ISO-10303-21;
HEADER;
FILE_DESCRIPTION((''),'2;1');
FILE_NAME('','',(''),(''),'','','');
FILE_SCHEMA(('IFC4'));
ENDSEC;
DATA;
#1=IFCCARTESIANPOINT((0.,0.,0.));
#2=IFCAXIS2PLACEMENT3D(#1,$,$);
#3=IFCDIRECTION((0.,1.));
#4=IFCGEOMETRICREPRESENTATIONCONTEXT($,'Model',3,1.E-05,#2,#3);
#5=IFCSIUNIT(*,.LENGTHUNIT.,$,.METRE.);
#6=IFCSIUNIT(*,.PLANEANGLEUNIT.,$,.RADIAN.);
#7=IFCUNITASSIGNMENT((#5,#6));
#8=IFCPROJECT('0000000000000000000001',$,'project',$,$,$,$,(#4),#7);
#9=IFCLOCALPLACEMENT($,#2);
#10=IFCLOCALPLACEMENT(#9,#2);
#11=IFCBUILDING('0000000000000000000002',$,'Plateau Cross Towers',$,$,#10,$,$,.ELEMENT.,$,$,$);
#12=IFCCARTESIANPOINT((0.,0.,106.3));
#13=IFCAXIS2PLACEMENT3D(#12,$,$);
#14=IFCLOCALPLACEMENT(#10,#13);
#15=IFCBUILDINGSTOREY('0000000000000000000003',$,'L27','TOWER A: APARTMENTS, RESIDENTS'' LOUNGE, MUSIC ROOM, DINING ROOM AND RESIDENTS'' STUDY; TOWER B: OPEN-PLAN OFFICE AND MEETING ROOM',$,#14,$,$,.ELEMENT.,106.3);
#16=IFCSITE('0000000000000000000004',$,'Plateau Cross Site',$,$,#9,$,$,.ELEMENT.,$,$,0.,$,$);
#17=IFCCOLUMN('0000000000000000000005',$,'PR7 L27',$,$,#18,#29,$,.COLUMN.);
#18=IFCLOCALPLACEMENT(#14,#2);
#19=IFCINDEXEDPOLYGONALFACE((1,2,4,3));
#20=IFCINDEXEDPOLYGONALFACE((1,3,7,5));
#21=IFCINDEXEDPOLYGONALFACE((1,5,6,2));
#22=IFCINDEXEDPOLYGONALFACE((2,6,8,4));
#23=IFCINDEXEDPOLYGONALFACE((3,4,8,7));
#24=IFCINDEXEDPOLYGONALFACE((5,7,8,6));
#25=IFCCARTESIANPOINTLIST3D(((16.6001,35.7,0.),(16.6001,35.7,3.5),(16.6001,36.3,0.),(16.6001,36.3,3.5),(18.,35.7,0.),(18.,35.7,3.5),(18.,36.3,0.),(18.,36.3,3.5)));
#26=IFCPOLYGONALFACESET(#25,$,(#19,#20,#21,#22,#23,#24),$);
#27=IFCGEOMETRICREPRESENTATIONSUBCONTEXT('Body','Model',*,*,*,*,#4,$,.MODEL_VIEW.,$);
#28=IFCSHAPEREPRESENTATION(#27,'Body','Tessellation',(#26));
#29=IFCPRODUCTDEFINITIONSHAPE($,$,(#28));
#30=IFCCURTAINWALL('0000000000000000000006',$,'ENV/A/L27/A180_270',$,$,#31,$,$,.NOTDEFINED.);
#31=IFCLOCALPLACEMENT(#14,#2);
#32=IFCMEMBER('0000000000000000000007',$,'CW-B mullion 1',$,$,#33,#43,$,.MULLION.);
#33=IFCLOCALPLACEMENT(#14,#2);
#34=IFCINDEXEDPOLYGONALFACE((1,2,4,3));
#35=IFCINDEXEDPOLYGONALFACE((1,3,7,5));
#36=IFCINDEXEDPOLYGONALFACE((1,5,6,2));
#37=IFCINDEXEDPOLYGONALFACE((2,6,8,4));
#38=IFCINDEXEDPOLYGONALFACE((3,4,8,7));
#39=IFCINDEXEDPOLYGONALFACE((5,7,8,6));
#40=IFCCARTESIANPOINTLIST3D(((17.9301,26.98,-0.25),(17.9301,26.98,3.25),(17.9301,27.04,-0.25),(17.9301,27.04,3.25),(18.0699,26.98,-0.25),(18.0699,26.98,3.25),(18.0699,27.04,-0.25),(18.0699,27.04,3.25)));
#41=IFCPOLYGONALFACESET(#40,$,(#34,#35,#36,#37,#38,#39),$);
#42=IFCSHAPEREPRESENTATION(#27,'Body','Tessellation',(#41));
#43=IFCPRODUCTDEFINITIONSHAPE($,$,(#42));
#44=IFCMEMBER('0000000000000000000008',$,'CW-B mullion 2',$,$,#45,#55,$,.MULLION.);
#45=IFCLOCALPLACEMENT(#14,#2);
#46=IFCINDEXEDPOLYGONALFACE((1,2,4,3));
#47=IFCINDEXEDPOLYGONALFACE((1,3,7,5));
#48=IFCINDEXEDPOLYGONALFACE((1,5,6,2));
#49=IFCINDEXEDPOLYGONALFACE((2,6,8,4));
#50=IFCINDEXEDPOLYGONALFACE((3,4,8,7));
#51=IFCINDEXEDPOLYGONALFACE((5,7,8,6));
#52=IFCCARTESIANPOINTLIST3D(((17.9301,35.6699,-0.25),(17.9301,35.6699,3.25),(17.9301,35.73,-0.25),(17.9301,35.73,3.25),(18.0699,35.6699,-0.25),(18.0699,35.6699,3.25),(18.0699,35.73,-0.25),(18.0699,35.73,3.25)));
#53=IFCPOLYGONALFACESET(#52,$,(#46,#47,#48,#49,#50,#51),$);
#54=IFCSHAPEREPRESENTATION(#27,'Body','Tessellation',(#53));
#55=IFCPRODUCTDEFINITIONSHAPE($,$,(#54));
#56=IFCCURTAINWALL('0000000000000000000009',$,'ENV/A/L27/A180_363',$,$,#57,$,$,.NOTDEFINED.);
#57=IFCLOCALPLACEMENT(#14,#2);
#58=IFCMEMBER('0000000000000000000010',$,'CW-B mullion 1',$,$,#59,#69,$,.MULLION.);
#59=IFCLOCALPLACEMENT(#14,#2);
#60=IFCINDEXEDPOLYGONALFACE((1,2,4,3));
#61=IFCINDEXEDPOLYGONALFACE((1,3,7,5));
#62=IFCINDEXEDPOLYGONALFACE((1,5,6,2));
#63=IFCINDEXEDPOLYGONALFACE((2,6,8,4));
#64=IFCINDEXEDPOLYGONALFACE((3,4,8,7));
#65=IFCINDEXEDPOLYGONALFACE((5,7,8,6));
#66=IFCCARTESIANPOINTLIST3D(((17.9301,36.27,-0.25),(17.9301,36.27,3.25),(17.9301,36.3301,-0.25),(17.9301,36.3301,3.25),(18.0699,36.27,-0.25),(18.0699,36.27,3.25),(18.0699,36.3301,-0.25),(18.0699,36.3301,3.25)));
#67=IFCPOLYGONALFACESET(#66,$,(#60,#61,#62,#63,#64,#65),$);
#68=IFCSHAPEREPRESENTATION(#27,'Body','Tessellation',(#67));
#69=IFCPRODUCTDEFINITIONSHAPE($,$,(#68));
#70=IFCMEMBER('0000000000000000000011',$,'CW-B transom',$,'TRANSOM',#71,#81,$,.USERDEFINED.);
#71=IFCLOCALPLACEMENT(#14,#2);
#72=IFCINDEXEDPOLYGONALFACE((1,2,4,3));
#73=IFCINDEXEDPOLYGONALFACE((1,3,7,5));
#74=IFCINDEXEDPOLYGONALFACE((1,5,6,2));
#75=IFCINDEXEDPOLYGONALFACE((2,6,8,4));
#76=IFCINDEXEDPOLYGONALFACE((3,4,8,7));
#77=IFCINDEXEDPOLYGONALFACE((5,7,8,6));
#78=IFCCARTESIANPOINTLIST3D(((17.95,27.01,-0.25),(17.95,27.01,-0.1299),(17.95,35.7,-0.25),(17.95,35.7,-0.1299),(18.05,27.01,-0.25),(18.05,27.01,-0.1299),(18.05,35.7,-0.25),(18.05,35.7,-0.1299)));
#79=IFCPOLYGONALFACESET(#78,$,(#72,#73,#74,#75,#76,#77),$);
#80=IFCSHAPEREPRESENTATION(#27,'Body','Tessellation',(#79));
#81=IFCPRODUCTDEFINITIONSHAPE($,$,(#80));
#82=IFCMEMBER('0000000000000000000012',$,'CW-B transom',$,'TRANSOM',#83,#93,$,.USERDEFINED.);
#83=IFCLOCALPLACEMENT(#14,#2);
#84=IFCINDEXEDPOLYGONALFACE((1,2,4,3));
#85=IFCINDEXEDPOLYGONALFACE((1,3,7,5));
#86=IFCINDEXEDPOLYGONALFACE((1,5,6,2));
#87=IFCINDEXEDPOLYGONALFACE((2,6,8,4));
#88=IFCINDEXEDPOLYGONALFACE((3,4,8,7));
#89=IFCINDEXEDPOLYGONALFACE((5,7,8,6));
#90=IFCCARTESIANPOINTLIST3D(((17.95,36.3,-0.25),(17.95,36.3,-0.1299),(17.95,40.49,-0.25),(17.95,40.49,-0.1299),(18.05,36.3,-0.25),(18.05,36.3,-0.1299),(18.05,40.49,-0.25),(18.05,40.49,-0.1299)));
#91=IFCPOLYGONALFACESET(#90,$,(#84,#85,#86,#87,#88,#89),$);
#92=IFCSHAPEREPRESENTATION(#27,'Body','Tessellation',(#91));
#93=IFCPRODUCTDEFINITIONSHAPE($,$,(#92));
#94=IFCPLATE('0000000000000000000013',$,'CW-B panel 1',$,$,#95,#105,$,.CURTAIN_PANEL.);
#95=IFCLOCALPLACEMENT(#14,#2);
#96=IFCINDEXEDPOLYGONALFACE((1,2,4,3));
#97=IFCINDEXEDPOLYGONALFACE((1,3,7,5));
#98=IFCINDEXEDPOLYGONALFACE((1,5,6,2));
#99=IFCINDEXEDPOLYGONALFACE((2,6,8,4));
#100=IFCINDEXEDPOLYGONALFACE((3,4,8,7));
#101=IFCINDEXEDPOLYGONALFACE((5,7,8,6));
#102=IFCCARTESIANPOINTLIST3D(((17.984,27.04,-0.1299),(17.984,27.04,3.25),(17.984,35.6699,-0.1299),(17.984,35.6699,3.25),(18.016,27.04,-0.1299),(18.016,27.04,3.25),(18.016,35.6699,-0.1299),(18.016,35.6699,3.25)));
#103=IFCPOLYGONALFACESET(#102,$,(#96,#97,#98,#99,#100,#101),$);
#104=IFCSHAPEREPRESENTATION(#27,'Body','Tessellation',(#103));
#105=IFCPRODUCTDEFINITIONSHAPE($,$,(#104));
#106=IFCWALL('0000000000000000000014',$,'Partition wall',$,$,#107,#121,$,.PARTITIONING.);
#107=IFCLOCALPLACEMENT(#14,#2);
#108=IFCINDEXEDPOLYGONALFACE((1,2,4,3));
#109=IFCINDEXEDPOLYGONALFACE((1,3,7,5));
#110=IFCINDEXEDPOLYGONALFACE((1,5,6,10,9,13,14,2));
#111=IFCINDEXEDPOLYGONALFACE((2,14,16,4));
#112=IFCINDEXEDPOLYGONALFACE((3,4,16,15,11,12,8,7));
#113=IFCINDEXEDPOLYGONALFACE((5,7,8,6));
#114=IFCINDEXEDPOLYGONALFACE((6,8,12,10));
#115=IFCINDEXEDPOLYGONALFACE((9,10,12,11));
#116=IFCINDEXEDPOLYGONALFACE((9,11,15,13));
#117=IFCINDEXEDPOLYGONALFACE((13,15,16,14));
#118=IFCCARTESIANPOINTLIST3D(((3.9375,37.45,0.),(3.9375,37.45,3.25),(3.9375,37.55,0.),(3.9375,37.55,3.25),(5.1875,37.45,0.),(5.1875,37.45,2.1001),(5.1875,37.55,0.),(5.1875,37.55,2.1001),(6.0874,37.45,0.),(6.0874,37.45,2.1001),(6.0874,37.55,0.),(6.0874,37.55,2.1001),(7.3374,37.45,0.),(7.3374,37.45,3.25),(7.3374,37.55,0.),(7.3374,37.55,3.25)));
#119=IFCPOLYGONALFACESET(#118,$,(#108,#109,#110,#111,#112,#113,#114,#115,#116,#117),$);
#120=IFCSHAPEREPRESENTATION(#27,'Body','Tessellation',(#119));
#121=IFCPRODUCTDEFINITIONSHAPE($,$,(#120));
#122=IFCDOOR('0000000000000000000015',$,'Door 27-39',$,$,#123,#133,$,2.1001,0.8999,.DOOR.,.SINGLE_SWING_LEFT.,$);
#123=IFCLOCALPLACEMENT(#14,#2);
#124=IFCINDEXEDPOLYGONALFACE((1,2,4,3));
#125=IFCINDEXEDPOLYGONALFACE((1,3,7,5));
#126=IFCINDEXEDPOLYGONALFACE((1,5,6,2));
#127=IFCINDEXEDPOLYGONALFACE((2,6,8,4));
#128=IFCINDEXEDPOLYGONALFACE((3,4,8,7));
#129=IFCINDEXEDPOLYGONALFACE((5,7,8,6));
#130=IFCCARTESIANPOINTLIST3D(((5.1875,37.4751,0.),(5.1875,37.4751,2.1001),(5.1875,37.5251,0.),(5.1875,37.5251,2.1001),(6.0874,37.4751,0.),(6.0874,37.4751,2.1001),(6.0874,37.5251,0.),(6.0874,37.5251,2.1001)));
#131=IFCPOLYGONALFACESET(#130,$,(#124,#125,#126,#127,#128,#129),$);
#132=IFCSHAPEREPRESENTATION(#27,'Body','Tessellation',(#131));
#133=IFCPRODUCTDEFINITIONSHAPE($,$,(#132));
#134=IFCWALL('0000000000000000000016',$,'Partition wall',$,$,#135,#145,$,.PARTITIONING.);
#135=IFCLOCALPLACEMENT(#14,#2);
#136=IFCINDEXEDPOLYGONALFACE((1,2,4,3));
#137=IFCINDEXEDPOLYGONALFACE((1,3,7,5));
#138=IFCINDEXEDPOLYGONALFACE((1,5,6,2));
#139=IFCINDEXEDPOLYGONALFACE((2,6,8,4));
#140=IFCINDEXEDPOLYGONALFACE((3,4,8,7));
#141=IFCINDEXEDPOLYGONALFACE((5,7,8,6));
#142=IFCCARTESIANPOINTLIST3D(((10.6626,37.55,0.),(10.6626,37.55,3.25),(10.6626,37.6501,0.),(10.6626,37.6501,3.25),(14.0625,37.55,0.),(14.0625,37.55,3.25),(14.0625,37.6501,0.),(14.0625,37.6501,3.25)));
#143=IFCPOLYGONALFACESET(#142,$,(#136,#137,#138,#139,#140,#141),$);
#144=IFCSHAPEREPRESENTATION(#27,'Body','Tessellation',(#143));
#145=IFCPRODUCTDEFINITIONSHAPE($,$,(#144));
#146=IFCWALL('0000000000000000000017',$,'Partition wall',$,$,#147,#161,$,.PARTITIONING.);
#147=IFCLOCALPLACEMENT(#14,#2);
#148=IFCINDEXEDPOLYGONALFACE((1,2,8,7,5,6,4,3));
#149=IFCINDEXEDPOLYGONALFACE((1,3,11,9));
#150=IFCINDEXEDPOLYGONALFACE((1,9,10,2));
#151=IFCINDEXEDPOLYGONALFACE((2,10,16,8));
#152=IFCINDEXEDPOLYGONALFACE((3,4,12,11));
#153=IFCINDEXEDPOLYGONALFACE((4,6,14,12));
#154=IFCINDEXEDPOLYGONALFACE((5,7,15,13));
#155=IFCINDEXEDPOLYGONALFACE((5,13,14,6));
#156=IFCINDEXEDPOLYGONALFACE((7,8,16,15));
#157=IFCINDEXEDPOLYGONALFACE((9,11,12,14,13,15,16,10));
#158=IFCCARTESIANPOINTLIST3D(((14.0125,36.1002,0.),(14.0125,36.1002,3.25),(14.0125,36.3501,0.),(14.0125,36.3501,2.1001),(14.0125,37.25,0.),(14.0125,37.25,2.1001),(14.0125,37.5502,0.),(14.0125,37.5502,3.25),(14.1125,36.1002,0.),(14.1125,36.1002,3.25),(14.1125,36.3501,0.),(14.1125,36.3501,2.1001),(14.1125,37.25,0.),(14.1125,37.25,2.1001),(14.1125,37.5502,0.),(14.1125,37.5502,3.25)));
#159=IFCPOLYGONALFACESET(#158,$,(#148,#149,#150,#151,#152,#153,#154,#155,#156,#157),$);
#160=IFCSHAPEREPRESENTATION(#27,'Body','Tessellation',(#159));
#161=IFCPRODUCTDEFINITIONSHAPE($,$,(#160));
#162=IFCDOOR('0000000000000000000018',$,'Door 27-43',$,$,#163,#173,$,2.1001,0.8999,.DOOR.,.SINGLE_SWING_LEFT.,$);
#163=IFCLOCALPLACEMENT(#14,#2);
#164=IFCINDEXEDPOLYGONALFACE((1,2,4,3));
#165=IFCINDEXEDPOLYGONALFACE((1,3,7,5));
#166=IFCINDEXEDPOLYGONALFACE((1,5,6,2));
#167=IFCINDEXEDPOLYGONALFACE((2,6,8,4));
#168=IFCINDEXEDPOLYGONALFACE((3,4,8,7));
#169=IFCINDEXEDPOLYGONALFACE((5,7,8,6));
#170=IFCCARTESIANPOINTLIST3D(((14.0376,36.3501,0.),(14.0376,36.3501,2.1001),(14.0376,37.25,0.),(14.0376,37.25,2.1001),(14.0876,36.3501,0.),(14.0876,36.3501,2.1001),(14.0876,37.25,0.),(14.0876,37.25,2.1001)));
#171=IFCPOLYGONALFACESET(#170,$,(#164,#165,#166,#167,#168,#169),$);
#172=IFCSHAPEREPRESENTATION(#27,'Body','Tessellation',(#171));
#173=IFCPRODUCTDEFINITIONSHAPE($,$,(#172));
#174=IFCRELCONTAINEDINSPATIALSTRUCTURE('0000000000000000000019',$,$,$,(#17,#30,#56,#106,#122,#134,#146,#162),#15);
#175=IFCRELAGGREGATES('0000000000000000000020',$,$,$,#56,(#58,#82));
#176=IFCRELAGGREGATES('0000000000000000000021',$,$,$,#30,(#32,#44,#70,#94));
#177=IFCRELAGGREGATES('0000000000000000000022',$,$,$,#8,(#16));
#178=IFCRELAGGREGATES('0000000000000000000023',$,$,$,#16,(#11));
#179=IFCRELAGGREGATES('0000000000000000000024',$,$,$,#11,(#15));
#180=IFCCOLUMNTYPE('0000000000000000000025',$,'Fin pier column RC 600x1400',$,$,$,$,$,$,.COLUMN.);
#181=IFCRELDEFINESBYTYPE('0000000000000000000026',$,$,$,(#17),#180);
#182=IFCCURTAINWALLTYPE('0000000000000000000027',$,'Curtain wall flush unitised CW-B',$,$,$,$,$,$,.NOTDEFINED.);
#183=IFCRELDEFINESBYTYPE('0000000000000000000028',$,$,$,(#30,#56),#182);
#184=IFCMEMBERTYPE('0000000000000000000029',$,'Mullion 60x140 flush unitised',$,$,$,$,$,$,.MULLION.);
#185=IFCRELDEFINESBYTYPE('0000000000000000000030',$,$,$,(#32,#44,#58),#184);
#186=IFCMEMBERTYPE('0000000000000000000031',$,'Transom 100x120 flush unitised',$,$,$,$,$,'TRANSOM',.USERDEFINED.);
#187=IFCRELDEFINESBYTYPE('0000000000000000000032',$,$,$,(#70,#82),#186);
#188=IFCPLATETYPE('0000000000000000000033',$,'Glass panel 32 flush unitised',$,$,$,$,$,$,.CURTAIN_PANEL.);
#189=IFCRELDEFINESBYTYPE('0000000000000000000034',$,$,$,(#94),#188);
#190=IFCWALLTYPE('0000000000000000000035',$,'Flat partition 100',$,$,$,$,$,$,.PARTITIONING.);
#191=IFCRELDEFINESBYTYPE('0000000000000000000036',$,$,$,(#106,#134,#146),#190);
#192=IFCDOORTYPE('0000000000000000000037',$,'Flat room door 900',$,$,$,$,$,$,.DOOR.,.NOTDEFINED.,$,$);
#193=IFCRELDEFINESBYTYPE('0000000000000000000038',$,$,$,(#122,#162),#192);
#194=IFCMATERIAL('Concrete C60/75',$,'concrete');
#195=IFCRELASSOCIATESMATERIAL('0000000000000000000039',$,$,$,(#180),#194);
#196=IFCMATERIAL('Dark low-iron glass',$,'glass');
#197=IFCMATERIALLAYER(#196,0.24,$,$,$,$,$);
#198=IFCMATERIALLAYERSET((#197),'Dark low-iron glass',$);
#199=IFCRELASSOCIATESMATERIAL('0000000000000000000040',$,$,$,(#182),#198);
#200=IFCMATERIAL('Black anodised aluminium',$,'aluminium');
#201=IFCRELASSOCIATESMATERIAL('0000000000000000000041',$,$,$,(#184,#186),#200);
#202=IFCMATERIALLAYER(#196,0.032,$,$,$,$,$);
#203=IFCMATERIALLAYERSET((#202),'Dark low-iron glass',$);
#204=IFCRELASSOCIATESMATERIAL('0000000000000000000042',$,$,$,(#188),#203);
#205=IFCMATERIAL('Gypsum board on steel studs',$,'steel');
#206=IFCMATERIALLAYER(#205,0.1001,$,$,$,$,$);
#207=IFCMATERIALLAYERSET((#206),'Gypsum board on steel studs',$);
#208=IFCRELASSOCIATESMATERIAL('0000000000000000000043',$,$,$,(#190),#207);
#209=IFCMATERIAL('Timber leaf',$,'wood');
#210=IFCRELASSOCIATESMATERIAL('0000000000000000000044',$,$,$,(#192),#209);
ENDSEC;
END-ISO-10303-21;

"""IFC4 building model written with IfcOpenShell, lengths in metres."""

from ifc_helpers import new_model, si_unit, direction, frame, frame_2d, origin, origin_2d, place, context, subcontext, project, spatial, rectangle, extrude, material, layer, layer_set, material_profile, profile_set, type_object, element, fill, aggregate, save


model = new_model("IFC4")

# Units and contexts
model_context = context("Model", 3, precision=1e-05, world=origin(), true_north=direction((0.0, 1.0)))
body_context = subcontext(model_context, "Body", "Model", "MODEL_VIEW")
ifc_project = project(units=[si_unit("LENGTHUNIT", "METRE"), si_unit("PLANEANGLEUNIT", "RADIAN")], contexts=[model_context])

# Site, building, storey
site_placement = place(None, origin())
site = spatial("IfcSite", under=ifc_project, at=site_placement, Name="Plateau Cross Site", CompositionType="ELEMENT", RefElevation=0.0)
building_placement = place(site_placement, origin())
building = spatial("IfcBuilding", under=site, at=building_placement, Name="Plateau Cross Towers", CompositionType="ELEMENT")
storey_placement = place(building_placement, frame((0.0, 0.0, 106.3)))
storey = spatial("IfcBuildingStorey", under=building, at=storey_placement, Name="L27", Description="TOWER A: APARTMENTS, RESIDENTS' LOUNGE, MUSIC ROOM, DINING ROOM AND RESIDENTS' STUDY; TOWER B: OPEN-PLAN OFFICE AND MEETING ROOM", CompositionType="ELEMENT", Elevation=106.3)

# Column
ifc_material_1 = material(Name="Concrete C60/75", Category="concrete")
ifc_material_profile_1 = material_profile(ifc_material_1, rectangle(XDim=0.6001, YDim=1.3999, at=origin_2d()), Name="RC 600x1400")
ifc_profile_set_1 = profile_set([ifc_material_profile_1], Name="Concrete C60/75")
column_type = type_object("IfcColumnType", Name="Fin pier column RC 600x1400", PredefinedType="COLUMN", material=ifc_profile_set_1)
column_placement = place(storey_placement, frame((17.3, 36.0, 0.0), z_axis=(0.0, 0.0, 1.0), x_axis=(0.0, 1.0, 0.0)))
element("IfcColumn", 1, at=column_placement, inside=storey, type_object=column_type, Name="PR7 L27", PredefinedType="COLUMN", context=body_context, shape_type="SweptSolid", body=[
    extrude(rectangle(XDim=0.6001, YDim=1.3999, at=origin_2d()), origin(), (0.0, 0.0, 1.0), 3.5),
])

# Curtain wall, members
ifc_material_2 = material(Name="Dark low-iron glass", Category="glass")
ifc_layer_1 = layer(ifc_material_2, 0.24)
ifc_layer_set_1 = layer_set([ifc_layer_1], Name="Dark low-iron glass")
curtain_wall_type = type_object("IfcCurtainWallType", Name="Curtain wall flush unitised CW-B", PredefinedType="NOTDEFINED", material=ifc_layer_set_1)
curtain_wall_1_placement = place(storey_placement, origin())
curtain_wall_1 = element("IfcCurtainWall", 2, at=curtain_wall_1_placement, inside=storey, type_object=curtain_wall_type, Name="ENV/A/L27/A180_270", PredefinedType="NOTDEFINED")
ifc_material_3 = material(Name="Black anodised aluminium", Category="aluminium")
ifc_material_profile_2 = material_profile(ifc_material_3, rectangle(XDim=0.0601, YDim=0.1399, at=origin_2d()), Name="MULLION 60x140")
ifc_profile_set_2 = profile_set([ifc_material_profile_2], Name="Black anodised aluminium")
member_type_1 = type_object("IfcMemberType", Name="Mullion 60x140 flush unitised", PredefinedType="MULLION", material=ifc_profile_set_2)
member_1_placement = place(storey_placement, frame((18.0, 27.01, -0.25), z_axis=(0.0, 0.0, 1.0), x_axis=(0.0, 1.0, 0.0)))
member_1 = element("IfcMember", 3, at=member_1_placement, type_object=member_type_1, Name="CW-B mullion 1", PredefinedType="MULLION", context=body_context, shape_type="SweptSolid", body=[
    extrude(rectangle(XDim=0.0601, YDim=0.1399, at=origin_2d()), origin(), (0.0, 0.0, 1.0), 3.5),
])
member_2_placement = place(storey_placement, frame((18.0, 35.7, -0.25), z_axis=(0.0, 0.0, 1.0), x_axis=(0.0, 1.0, 0.0)))
member_2 = element("IfcMember", 4, at=member_2_placement, type_object=member_type_1, Name="CW-B mullion 2", PredefinedType="MULLION", context=body_context, shape_type="SweptSolid", body=[
    extrude(rectangle(XDim=0.0601, YDim=0.1399, at=origin_2d()), origin(), (0.0, 0.0, 1.0), 3.5),
])

# Curtain wall, member
curtain_wall_2_placement = place(storey_placement, origin())
curtain_wall_2 = element("IfcCurtainWall", 5, at=curtain_wall_2_placement, inside=storey, type_object=curtain_wall_type, Name="ENV/A/L27/A180_363", PredefinedType="NOTDEFINED")
member_3_placement = place(storey_placement, frame((18.0, 36.3, -0.25), z_axis=(0.0, 0.0, 1.0), x_axis=(0.0, 1.0, 0.0)))
member_3 = element("IfcMember", 6, at=member_3_placement, type_object=member_type_1, Name="CW-B mullion 1", PredefinedType="MULLION", context=body_context, shape_type="SweptSolid", body=[
    extrude(rectangle(XDim=0.0601, YDim=0.1399, at=origin_2d()), origin(), (0.0, 0.0, 1.0), 3.5),
])

# Members
ifc_material_profile_3 = material_profile(ifc_material_3, rectangle(XDim=0.1001, YDim=0.1201, at=origin_2d()), Name="TRANSOM 100x120")
ifc_profile_set_3 = profile_set([ifc_material_profile_3], Name="Black anodised aluminium")
member_type_2 = type_object("IfcMemberType", Name="Transom 100x120 flush unitised", ElementType="TRANSOM", PredefinedType="USERDEFINED", material=ifc_profile_set_3)
member_4_placement = place(storey_placement, frame((18.0, 27.01, -0.1899), z_axis=(0.0, 1.0, 0.0), x_axis=(-1.0, 0.0, 0.0)))
member_4 = element("IfcMember", 7, at=member_4_placement, type_object=member_type_2, Name="CW-B transom", ObjectType="TRANSOM", PredefinedType="USERDEFINED", context=body_context, shape_type="SweptSolid", body=[
    extrude(rectangle(XDim=0.1001, YDim=0.1201, at=origin_2d()), origin(), (0.0, 0.0, 1.0), 8.6899),
])
member_5_placement = place(storey_placement, frame((18.0, 36.3, -0.1899), z_axis=(0.0, 1.0, 0.0), x_axis=(-1.0, 0.0, 0.0)))
member_5 = element("IfcMember", 8, at=member_5_placement, type_object=member_type_2, Name="CW-B transom", ObjectType="TRANSOM", PredefinedType="USERDEFINED", context=body_context, shape_type="SweptSolid", body=[
    extrude(rectangle(XDim=0.1001, YDim=0.1201, at=origin_2d()), origin(), (0.0, 0.0, 1.0), 4.1899),
])
aggregate(curtain_wall_2, [member_3, member_5])

# Plate
ifc_layer_2 = layer(ifc_material_2, 0.032)
ifc_layer_set_2 = layer_set([ifc_layer_2], Name="Dark low-iron glass")
plate_type = type_object("IfcPlateType", Name="Glass panel 32 flush unitised", PredefinedType="CURTAIN_PANEL", material=ifc_layer_set_2)
plate_placement = place(storey_placement, frame((18.0, 31.355, -0.1299), z_axis=(0.0, 0.0, 1.0), x_axis=(0.0, 1.0, 0.0)))
plate = element("IfcPlate", 9, at=plate_placement, type_object=plate_type, Name="CW-B panel 1", PredefinedType="CURTAIN_PANEL", context=body_context, shape_type="SweptSolid", body=[
    extrude(rectangle(XDim=8.6299, YDim=0.032, at=origin_2d()), origin(), (0.0, 0.0, 1.0), 3.3799),
])
aggregate(curtain_wall_1, [member_1, member_2, member_4, plate])

# Wall, opening, door
ifc_material_4 = material(Name="Gypsum board on steel studs", Category="steel")
ifc_layer_3 = layer(ifc_material_4, 0.1001)
ifc_layer_set_3 = layer_set([ifc_layer_3], Name="Gypsum board on steel studs")
wall_type_1 = type_object("IfcWallType", Name="Flat partition 100", PredefinedType="PARTITIONING", material=ifc_layer_set_3)
wall_1_placement = place(storey_placement, frame((7.3374, 37.5, 0.0), z_axis=(0.0, 0.0, 1.0), x_axis=(-1.0, 0.0, 0.0)))
wall_1 = element("IfcWall", 10, at=wall_1_placement, inside=storey, type_object=wall_type_1, Name="Partition wall", PredefinedType="PARTITIONING", context=body_context, shape_type="SweptSolid", body=[
    extrude(rectangle(XDim=3.3999, YDim=0.1001, at=frame_2d((1.7, 0.0))), origin(), (0.0, 0.0, 1.0), 3.25),
])
opening_1_placement = place(wall_1_placement, frame((1.25, 0.0, 0.0)))
opening_1 = element("IfcOpeningElement", 11, at=opening_1_placement, cuts=wall_1, PredefinedType="OPENING", context=body_context, shape_type="SweptSolid", body=[
    extrude(rectangle(XDim=0.8999, YDim=2.1001, at=frame_2d((0.45, 1.05))), frame((0.0, 0.0601, 0.0), z_axis=(0.0, -1.0, 0.0), x_axis=(1.0, 0.0, 0.0)), (0.0, 0.0, 1.0), 0.1201),
])
ifc_material_5 = material(Name="Timber leaf", Category="wood")
door_type_1 = type_object("IfcDoorType", Name="Flat room door 900", OperationType="NOTDEFINED", PredefinedType="DOOR", material=ifc_material_5)
door_1_placement = place(opening_1_placement, origin())
door_1 = element("IfcDoor", 12, at=door_1_placement, inside=storey, type_object=door_type_1, Name="Door 27-39", OperationType="SINGLE_SWING_LEFT", OverallHeight=2.1001, OverallWidth=0.8999, PredefinedType="DOOR", context=body_context, shape_type="SweptSolid", body=[
    extrude(rectangle(XDim=0.8999, YDim=2.1001, at=frame_2d((0.45, 1.05))), frame((0.0, 0.0249, 0.0), z_axis=(0.0, -1.0, 0.0), x_axis=(1.0, 0.0, 0.0)), (0.0, 0.0, 1.0), 0.05),
])
fill(opening_1, door_1)

# Wall
wall_2_placement = place(storey_placement, frame((14.0625, 37.6001, 0.0), z_axis=(0.0, 0.0, 1.0), x_axis=(-1.0, 0.0, 0.0)))
element("IfcWall", 13, at=wall_2_placement, inside=storey, type_object=wall_type_1, Name="Partition wall", PredefinedType="PARTITIONING", context=body_context, shape_type="SweptSolid", body=[
    extrude(rectangle(XDim=3.3999, YDim=0.1001, at=frame_2d((1.7, 0.0))), origin(), (0.0, 0.0, 1.0), 3.25),
])

# Wall, opening, door
wall_3_placement = place(storey_placement, frame((14.0625, 36.1001, 0.0), z_axis=(0.0, 0.0, 1.0), x_axis=(0.0, 1.0, 0.0)))
wall_3 = element("IfcWall", 14, at=wall_3_placement, inside=storey, type_object=wall_type_1, Name="Partition wall", PredefinedType="PARTITIONING", context=body_context, shape_type="SweptSolid", body=[
    extrude(rectangle(XDim=1.45, YDim=0.1001, at=frame_2d((0.7251, 0.0))), origin(), (0.0, 0.0, 1.0), 3.25),
])
opening_2_placement = place(wall_3_placement, frame((0.25, 0.0, 0.0)))
opening_2 = element("IfcOpeningElement", 15, at=opening_2_placement, cuts=wall_3, PredefinedType="OPENING", context=body_context, shape_type="SweptSolid", body=[
    extrude(rectangle(XDim=0.8999, YDim=2.1001, at=frame_2d((0.45, 1.05))), frame((0.0, 0.0601, 0.0), z_axis=(0.0, -1.0, 0.0), x_axis=(1.0, 0.0, 0.0)), (0.0, 0.0, 1.0), 0.1201),
])
door_2_placement = place(opening_2_placement, origin())
door_2 = element("IfcDoor", 16, at=door_2_placement, inside=storey, type_object=door_type_1, Name="Door 27-43", OperationType="SINGLE_SWING_LEFT", OverallHeight=2.1001, OverallWidth=0.8999, PredefinedType="DOOR", context=body_context, shape_type="SweptSolid", body=[
    extrude(rectangle(XDim=0.8999, YDim=2.1001, at=frame_2d((0.45, 1.05))), frame((0.0, 0.0249, 0.0), z_axis=(0.0, -1.0, 0.0), x_axis=(1.0, 0.0, 0.0)), (0.0, 0.0, 1.0), 0.05),
])
fill(opening_2, door_2)

save(model, "model.ifc")
